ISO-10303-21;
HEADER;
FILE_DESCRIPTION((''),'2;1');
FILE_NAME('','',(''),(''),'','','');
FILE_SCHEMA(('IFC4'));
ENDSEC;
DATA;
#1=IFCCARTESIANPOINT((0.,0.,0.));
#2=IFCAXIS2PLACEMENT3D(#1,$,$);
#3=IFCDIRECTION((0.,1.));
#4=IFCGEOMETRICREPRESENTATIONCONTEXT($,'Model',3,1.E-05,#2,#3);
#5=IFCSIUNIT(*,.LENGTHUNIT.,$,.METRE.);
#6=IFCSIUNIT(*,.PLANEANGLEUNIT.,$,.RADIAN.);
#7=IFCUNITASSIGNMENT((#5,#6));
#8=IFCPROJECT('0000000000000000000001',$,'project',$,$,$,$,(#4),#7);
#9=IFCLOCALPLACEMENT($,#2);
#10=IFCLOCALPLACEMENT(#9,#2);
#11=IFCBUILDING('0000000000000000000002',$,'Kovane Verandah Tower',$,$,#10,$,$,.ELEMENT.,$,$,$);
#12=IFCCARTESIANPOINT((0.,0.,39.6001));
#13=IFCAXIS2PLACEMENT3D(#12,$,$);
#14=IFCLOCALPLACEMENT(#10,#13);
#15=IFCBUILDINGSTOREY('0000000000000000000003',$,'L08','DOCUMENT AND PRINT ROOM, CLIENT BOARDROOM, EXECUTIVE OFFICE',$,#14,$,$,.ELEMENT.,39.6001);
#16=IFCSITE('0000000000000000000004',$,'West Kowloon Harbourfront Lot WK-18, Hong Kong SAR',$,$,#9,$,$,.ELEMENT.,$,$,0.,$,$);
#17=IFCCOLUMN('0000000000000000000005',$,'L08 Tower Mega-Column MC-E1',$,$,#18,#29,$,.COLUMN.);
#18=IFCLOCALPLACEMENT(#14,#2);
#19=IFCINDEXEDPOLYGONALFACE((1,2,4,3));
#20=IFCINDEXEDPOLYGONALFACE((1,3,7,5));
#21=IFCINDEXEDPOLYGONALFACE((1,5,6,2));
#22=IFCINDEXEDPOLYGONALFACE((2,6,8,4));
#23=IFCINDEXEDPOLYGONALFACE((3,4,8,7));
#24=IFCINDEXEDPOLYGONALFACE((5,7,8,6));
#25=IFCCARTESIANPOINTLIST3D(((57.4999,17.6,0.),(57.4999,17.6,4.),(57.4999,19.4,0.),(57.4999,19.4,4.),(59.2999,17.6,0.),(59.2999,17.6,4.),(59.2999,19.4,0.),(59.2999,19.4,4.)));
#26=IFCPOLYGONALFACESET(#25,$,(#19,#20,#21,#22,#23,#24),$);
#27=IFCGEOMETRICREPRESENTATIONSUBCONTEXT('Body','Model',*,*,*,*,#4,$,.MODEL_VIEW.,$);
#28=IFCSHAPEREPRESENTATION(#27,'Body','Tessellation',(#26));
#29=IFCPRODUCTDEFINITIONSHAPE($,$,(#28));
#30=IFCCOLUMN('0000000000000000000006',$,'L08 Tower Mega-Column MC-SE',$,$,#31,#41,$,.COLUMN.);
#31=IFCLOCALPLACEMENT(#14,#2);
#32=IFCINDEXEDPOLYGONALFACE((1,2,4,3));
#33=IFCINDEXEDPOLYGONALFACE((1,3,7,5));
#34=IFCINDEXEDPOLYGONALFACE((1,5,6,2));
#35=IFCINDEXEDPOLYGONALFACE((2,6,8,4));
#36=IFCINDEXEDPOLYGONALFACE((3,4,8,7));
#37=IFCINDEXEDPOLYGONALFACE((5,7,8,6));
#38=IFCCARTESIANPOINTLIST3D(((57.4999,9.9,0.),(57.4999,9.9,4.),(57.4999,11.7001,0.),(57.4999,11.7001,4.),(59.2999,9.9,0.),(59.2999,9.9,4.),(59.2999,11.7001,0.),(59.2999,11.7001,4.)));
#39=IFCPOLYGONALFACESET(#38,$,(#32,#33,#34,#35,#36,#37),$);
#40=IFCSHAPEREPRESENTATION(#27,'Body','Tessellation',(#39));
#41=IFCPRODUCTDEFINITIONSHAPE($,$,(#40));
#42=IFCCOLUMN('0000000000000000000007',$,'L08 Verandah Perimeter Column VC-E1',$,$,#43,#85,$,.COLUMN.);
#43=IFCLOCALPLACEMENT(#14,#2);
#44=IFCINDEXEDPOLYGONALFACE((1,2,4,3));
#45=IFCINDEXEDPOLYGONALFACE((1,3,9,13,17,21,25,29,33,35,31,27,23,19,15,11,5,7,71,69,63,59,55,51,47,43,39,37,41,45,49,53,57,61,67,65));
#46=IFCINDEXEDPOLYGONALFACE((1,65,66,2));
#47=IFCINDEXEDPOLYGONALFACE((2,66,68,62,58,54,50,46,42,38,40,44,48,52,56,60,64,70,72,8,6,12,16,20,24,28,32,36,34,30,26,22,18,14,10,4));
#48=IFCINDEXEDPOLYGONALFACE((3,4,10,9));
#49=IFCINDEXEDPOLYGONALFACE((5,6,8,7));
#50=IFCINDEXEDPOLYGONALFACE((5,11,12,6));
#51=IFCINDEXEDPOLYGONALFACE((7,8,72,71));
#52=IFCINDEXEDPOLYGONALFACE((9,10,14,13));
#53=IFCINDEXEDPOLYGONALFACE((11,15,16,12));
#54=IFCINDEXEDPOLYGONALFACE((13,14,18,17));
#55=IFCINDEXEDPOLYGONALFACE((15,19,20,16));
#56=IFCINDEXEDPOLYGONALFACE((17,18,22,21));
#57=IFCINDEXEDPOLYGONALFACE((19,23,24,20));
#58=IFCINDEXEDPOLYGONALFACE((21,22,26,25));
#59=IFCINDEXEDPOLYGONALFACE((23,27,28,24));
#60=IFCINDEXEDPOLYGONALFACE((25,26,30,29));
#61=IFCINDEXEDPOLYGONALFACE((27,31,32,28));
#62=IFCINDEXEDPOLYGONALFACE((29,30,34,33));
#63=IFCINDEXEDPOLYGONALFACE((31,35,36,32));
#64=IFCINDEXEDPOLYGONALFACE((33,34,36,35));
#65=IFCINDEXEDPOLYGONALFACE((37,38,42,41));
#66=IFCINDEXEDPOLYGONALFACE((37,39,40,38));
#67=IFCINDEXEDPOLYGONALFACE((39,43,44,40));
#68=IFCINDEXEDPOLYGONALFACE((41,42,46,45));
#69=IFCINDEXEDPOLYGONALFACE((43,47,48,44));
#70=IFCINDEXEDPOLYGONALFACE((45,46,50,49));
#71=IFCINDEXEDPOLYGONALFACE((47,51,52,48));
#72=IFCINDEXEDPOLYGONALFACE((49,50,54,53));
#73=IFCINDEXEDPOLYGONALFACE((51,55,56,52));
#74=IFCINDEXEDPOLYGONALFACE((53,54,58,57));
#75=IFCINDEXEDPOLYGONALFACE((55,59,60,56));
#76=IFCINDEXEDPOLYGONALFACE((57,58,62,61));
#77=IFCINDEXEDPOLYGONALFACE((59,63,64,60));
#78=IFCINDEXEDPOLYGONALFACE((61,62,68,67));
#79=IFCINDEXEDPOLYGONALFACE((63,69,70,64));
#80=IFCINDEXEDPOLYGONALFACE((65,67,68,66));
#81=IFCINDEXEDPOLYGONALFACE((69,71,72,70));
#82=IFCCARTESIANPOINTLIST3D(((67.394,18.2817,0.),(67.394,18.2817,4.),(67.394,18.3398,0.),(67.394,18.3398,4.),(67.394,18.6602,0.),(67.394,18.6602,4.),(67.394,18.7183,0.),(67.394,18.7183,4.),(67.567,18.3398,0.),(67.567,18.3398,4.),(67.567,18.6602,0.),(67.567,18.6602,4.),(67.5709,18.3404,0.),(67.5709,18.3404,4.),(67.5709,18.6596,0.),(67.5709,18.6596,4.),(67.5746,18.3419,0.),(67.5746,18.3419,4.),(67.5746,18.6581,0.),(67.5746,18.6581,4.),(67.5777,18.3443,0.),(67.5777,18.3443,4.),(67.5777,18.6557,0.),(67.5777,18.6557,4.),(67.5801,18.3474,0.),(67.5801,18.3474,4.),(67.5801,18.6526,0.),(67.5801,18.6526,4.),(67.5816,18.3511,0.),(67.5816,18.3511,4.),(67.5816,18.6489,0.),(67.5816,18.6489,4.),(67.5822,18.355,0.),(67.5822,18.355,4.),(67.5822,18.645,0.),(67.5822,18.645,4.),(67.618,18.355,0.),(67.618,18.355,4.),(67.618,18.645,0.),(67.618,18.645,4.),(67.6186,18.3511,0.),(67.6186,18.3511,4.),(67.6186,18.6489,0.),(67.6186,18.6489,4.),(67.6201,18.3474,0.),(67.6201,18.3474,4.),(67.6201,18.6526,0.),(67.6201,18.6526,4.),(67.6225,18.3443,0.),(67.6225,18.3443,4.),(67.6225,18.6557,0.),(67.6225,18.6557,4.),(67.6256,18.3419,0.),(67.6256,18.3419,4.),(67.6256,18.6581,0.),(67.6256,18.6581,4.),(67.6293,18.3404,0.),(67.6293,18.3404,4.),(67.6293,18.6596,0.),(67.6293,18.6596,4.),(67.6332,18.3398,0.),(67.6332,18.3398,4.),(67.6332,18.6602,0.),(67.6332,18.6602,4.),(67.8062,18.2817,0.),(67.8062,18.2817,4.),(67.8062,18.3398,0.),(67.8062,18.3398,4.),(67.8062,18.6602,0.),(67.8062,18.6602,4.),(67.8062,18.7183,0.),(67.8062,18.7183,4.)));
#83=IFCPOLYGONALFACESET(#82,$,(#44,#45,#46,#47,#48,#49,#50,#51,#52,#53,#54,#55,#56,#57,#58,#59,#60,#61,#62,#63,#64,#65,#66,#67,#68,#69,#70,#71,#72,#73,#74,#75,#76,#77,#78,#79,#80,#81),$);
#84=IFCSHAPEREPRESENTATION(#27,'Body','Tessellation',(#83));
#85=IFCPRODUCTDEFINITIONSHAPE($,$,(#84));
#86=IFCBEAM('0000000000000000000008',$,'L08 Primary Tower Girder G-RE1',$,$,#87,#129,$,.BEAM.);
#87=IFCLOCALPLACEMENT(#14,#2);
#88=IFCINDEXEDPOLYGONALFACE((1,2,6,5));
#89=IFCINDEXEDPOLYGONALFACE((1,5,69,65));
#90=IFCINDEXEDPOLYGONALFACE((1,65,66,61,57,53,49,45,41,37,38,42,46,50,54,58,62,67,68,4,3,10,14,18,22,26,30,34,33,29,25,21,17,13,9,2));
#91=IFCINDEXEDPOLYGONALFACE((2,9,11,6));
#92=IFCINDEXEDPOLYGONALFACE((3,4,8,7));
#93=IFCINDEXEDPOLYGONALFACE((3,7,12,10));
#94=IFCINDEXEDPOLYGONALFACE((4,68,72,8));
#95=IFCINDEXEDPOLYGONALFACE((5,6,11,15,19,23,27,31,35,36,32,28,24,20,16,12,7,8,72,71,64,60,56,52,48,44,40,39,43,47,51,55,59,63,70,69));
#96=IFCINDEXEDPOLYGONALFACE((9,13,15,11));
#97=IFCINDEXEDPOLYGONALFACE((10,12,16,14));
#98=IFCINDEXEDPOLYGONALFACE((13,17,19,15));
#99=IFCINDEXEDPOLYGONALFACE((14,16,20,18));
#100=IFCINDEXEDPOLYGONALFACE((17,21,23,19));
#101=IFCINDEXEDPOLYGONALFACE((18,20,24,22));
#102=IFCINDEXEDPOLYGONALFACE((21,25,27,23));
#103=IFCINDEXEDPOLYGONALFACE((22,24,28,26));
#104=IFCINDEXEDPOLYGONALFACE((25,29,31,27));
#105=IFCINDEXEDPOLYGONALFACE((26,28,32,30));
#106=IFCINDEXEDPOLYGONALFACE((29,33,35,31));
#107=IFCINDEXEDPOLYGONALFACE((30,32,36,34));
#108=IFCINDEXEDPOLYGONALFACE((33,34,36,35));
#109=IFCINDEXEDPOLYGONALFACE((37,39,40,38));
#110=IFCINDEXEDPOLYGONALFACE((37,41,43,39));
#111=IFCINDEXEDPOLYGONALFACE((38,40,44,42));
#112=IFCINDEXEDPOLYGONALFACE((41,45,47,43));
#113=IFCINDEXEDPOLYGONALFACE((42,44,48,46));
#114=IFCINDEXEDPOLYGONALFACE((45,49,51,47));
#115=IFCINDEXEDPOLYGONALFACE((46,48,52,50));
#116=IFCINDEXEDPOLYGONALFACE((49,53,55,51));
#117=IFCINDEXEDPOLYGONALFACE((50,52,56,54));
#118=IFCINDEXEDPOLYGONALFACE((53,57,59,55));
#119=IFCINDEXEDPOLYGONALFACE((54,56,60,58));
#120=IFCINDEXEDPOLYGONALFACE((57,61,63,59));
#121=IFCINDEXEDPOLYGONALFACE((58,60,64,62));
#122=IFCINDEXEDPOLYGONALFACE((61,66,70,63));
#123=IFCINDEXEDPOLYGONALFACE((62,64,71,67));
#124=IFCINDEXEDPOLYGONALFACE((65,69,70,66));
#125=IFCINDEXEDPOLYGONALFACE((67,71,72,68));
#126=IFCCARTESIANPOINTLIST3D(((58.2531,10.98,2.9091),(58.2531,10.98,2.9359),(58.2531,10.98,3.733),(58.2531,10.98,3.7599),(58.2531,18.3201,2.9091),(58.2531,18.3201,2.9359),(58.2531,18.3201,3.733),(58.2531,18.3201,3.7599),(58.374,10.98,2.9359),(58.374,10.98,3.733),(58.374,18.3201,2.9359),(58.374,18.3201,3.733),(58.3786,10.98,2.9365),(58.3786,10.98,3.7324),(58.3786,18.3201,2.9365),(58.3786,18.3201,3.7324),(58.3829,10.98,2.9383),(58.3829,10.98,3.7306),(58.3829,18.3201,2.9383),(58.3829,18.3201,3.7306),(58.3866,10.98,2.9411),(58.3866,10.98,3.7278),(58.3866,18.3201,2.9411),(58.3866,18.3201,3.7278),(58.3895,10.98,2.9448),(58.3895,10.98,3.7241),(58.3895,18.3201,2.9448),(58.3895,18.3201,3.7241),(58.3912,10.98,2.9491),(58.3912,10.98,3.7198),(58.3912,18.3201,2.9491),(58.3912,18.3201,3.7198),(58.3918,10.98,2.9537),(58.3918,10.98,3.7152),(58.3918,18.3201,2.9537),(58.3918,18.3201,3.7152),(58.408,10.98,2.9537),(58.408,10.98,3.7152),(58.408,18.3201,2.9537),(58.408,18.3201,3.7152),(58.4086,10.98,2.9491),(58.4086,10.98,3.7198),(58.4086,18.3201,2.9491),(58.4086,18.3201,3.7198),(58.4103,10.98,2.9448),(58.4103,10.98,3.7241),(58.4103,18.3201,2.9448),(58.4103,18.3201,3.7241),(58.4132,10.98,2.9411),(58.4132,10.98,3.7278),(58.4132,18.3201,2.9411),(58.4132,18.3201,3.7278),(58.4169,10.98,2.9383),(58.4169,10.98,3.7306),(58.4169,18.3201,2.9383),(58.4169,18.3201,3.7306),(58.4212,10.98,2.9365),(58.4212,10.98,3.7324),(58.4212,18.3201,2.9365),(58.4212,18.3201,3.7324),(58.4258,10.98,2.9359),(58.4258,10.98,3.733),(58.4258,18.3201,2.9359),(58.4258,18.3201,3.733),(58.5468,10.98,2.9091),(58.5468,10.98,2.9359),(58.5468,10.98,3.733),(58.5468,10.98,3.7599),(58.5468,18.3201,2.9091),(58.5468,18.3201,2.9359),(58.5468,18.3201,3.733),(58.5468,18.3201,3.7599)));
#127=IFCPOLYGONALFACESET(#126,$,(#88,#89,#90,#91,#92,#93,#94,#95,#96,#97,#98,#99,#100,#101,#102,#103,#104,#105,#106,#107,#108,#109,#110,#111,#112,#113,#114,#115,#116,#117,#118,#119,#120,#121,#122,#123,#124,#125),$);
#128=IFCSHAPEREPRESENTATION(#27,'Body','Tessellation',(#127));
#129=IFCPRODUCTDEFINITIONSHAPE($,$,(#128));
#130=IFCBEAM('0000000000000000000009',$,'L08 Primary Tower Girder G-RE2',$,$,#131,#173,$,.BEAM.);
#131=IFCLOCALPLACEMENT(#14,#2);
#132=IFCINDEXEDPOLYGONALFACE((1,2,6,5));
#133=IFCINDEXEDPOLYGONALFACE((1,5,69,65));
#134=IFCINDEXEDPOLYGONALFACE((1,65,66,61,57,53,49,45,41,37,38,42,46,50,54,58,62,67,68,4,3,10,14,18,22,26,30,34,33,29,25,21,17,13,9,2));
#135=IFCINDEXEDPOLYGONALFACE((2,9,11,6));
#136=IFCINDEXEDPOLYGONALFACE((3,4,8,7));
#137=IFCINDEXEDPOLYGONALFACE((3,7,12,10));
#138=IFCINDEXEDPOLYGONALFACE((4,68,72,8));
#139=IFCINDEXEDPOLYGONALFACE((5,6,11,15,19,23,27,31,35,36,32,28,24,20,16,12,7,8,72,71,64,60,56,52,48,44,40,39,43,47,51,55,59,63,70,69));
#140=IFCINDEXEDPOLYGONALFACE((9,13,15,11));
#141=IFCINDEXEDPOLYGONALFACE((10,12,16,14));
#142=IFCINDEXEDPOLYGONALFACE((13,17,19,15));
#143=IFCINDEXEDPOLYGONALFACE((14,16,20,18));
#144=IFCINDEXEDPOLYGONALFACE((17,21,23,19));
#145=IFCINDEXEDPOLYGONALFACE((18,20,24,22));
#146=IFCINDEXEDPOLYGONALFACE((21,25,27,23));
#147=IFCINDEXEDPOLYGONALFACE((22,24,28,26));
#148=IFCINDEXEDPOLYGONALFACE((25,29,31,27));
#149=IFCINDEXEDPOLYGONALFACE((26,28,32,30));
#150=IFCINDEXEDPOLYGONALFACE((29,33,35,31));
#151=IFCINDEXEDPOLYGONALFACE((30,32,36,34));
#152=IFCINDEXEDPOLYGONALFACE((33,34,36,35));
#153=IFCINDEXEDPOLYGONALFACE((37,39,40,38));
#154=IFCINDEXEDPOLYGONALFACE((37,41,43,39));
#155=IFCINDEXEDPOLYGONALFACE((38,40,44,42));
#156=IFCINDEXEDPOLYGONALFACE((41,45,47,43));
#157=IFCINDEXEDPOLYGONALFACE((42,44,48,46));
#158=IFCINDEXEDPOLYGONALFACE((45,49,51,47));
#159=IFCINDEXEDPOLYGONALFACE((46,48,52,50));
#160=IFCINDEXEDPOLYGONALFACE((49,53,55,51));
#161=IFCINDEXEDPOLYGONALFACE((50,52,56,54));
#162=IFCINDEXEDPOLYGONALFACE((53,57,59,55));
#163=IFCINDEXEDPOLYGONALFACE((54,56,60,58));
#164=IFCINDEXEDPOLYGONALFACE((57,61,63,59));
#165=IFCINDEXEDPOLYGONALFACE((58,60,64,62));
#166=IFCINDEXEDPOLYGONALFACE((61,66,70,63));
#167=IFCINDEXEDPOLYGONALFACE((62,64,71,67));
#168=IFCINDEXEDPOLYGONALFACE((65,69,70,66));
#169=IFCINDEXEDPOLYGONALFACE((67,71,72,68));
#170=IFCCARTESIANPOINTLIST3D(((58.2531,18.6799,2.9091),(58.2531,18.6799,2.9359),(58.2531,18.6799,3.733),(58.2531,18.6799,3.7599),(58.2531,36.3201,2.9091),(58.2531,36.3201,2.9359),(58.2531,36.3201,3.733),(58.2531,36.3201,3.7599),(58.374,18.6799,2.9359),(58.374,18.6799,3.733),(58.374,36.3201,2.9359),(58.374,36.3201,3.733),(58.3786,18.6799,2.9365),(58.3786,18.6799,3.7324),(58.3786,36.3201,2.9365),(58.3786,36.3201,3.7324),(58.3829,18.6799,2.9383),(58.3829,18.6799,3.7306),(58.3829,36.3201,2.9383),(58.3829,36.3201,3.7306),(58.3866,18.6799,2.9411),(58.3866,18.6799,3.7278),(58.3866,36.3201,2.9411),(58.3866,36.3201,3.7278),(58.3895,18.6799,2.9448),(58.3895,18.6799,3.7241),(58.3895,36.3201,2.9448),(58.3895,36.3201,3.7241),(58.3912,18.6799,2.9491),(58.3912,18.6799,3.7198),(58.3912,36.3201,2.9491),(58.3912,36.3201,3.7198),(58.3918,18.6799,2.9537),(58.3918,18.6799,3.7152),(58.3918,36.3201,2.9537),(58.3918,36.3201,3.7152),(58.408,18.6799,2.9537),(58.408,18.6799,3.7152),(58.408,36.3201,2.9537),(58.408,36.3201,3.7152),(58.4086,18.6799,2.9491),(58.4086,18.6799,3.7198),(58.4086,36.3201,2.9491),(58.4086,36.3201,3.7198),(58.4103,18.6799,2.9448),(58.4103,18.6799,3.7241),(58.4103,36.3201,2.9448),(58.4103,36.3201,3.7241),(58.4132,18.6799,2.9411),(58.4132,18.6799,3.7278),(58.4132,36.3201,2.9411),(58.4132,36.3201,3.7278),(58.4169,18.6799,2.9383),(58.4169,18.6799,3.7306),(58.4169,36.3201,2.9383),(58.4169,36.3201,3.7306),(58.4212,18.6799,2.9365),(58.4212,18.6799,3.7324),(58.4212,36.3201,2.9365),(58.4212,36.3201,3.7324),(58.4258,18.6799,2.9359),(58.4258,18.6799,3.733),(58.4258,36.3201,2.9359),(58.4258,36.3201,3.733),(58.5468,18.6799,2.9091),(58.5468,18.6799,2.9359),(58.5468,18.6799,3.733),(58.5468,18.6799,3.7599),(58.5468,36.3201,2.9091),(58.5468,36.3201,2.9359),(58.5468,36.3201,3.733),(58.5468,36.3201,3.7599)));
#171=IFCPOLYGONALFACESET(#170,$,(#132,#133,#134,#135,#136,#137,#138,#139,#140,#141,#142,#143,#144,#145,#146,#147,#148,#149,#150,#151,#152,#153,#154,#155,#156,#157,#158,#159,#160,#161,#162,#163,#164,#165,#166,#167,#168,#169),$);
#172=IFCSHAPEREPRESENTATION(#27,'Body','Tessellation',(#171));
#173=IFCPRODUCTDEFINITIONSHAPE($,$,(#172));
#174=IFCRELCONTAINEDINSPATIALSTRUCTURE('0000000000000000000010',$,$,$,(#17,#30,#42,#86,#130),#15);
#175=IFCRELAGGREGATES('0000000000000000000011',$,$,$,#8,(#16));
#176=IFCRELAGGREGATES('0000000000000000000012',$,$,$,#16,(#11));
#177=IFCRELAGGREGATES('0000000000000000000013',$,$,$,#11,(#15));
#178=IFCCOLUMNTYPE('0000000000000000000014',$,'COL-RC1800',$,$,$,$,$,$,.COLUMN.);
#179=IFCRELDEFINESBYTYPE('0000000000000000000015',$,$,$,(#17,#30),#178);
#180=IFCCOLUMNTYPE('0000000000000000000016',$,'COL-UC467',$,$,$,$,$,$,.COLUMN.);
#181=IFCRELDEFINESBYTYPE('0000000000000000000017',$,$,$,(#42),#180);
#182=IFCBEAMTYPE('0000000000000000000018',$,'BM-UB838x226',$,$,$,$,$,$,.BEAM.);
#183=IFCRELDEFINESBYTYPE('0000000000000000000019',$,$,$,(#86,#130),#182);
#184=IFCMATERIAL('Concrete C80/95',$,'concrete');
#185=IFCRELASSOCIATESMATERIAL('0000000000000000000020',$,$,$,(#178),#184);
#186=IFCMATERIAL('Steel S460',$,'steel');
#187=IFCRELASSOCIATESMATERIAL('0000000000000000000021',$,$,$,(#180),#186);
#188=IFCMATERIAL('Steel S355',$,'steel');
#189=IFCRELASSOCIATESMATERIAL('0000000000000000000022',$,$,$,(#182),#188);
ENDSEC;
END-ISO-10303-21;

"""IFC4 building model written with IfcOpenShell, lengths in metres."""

from ifc_helpers import new_model, si_unit, direction, frame, origin, origin_2d, place, context, subcontext, project, spatial, rectangle, i_section, extrude, material, material_profile, profile_set, type_object, element, save


model = new_model("IFC4")

# Units and contexts
model_context = context("Model", 3, precision=1e-05, world=origin(), true_north=direction((0.0, 1.0)))
body_context = subcontext(model_context, "Body", "Model", "MODEL_VIEW")
ifc_project = project(units=[si_unit("LENGTHUNIT", "METRE"), si_unit("PLANEANGLEUNIT", "RADIAN")], contexts=[model_context])

# Site, building, storey
site_placement = place(None, origin())
site = spatial("IfcSite", under=ifc_project, at=site_placement, Name="West Kowloon Harbourfront Lot WK-18, Hong Kong SAR", CompositionType="ELEMENT", RefElevation=0.0)
building_placement = place(site_placement, origin())
building = spatial("IfcBuilding", under=site, at=building_placement, Name="Kovane Verandah Tower", CompositionType="ELEMENT")
storey_placement = place(building_placement, frame((0.0, 0.0, 39.6001)))
storey = spatial("IfcBuildingStorey", under=building, at=storey_placement, Name="L08", Description="DOCUMENT AND PRINT ROOM, CLIENT BOARDROOM, EXECUTIVE OFFICE", CompositionType="ELEMENT", Elevation=39.6001)

# Columns
ifc_material_1 = material(Name="Concrete C80/95", Category="concrete")
ifc_material_profile_1 = material_profile(ifc_material_1, rectangle(XDim=1.8, YDim=1.8, at=origin_2d()), Name="RC1800x1800")
ifc_profile_set_1 = profile_set([ifc_material_profile_1], Name="Concrete C80/95")
column_type_1 = type_object("IfcColumnType", Name="COL-RC1800", PredefinedType="COLUMN", material=ifc_profile_set_1)
for number, where, z_axis, x_axis, name in (
    (1, (58.3999, 18.5, 0.0), (0.0, 0.0, 1.0), (1.0, 0.0, 0.0), "L08 Tower Mega-Column MC-E1"),
    (2, (58.3999, 10.8, 0.0), (0.0, 0.0, 1.0), (1.0, 0.0, 0.0), "L08 Tower Mega-Column MC-SE"),
):
    element("IfcColumn", number, at=place(storey_placement, frame(where, z_axis=z_axis, x_axis=x_axis)), inside=storey, type_object=column_type_1, Name=name, PredefinedType="COLUMN", context=body_context, shape_type="SweptSolid", body=[
        extrude(rectangle(XDim=1.8, YDim=1.8, at=origin_2d()), origin(), (0.0, 0.0, 1.0), 4.0),
    ])
ifc_material_2 = material(Name="Steel S460", Category="steel")
ifc_material_profile_2 = material_profile(ifc_material_2, i_section(OverallWidth=0.4121, OverallDepth=0.4365, WebThickness=0.0359, FlangeThickness=0.0581, FilletRadius=0.0151, at=origin_2d()), Name="UC356x406x467")
ifc_profile_set_2 = profile_set([ifc_material_profile_2], Name="Steel S460")
column_type_2 = type_object("IfcColumnType", Name="COL-UC467", PredefinedType="COLUMN", material=ifc_profile_set_2)
column_placement = place(storey_placement, frame((67.6001, 18.5, 0.0), z_axis=(0.0, 0.0, 1.0), x_axis=(1.0, 0.0, 0.0)))
element("IfcColumn", 3, at=column_placement, inside=storey, type_object=column_type_2, Name="L08 Verandah Perimeter Column VC-E1", PredefinedType="COLUMN", context=body_context, shape_type="SweptSolid", body=[
    extrude(i_section(OverallWidth=0.4121, OverallDepth=0.4365, WebThickness=0.0359, FlangeThickness=0.0581, FilletRadius=0.0151, at=origin_2d()), origin(), (0.0, 0.0, 1.0), 4.0),
])

# Beams
ifc_material_3 = material(Name="Steel S355", Category="steel")
ifc_material_profile_3 = material_profile(ifc_material_3, i_section(OverallWidth=0.2937, OverallDepth=0.8508, WebThickness=0.0161, FlangeThickness=0.0269, FilletRadius=0.0178, at=origin_2d()), Name="UB838x292x226")
ifc_profile_set_3 = profile_set([ifc_material_profile_3], Name="Steel S355")
beam_type_1 = type_object("IfcBeamType", Name="BM-UB838x226", PredefinedType="BEAM", material=ifc_profile_set_3)
beam_1_placement = place(storey_placement, frame((58.3999, 10.98, 3.3345), z_axis=(0.0, 1.0, 0.0), x_axis=(-1.0, 0.0, 0.0)))
element("IfcBeam", 4, at=beam_1_placement, inside=storey, type_object=beam_type_1, Name="L08 Primary Tower Girder G-RE1", PredefinedType="BEAM", context=body_context, shape_type="SweptSolid", body=[
    extrude(i_section(OverallWidth=0.2937, OverallDepth=0.8508, WebThickness=0.0161, FlangeThickness=0.0269, FilletRadius=0.0178, at=origin_2d()), origin(), (0.0, 0.0, 1.0), 7.3401),
])
beam_2_placement = place(storey_placement, frame((58.3999, 18.6799, 3.3345), z_axis=(0.0, 1.0, 0.0), x_axis=(-1.0, 0.0, 0.0)))
element("IfcBeam", 5, at=beam_2_placement, inside=storey, type_object=beam_type_1, Name="L08 Primary Tower Girder G-RE2", PredefinedType="BEAM", context=body_context, shape_type="SweptSolid", body=[
    extrude(i_section(OverallWidth=0.2937, OverallDepth=0.8508, WebThickness=0.0161, FlangeThickness=0.0269, FilletRadius=0.0178, at=origin_2d()), origin(), (0.0, 0.0, 1.0), 17.6401),
])

save(model, "model.ifc")
